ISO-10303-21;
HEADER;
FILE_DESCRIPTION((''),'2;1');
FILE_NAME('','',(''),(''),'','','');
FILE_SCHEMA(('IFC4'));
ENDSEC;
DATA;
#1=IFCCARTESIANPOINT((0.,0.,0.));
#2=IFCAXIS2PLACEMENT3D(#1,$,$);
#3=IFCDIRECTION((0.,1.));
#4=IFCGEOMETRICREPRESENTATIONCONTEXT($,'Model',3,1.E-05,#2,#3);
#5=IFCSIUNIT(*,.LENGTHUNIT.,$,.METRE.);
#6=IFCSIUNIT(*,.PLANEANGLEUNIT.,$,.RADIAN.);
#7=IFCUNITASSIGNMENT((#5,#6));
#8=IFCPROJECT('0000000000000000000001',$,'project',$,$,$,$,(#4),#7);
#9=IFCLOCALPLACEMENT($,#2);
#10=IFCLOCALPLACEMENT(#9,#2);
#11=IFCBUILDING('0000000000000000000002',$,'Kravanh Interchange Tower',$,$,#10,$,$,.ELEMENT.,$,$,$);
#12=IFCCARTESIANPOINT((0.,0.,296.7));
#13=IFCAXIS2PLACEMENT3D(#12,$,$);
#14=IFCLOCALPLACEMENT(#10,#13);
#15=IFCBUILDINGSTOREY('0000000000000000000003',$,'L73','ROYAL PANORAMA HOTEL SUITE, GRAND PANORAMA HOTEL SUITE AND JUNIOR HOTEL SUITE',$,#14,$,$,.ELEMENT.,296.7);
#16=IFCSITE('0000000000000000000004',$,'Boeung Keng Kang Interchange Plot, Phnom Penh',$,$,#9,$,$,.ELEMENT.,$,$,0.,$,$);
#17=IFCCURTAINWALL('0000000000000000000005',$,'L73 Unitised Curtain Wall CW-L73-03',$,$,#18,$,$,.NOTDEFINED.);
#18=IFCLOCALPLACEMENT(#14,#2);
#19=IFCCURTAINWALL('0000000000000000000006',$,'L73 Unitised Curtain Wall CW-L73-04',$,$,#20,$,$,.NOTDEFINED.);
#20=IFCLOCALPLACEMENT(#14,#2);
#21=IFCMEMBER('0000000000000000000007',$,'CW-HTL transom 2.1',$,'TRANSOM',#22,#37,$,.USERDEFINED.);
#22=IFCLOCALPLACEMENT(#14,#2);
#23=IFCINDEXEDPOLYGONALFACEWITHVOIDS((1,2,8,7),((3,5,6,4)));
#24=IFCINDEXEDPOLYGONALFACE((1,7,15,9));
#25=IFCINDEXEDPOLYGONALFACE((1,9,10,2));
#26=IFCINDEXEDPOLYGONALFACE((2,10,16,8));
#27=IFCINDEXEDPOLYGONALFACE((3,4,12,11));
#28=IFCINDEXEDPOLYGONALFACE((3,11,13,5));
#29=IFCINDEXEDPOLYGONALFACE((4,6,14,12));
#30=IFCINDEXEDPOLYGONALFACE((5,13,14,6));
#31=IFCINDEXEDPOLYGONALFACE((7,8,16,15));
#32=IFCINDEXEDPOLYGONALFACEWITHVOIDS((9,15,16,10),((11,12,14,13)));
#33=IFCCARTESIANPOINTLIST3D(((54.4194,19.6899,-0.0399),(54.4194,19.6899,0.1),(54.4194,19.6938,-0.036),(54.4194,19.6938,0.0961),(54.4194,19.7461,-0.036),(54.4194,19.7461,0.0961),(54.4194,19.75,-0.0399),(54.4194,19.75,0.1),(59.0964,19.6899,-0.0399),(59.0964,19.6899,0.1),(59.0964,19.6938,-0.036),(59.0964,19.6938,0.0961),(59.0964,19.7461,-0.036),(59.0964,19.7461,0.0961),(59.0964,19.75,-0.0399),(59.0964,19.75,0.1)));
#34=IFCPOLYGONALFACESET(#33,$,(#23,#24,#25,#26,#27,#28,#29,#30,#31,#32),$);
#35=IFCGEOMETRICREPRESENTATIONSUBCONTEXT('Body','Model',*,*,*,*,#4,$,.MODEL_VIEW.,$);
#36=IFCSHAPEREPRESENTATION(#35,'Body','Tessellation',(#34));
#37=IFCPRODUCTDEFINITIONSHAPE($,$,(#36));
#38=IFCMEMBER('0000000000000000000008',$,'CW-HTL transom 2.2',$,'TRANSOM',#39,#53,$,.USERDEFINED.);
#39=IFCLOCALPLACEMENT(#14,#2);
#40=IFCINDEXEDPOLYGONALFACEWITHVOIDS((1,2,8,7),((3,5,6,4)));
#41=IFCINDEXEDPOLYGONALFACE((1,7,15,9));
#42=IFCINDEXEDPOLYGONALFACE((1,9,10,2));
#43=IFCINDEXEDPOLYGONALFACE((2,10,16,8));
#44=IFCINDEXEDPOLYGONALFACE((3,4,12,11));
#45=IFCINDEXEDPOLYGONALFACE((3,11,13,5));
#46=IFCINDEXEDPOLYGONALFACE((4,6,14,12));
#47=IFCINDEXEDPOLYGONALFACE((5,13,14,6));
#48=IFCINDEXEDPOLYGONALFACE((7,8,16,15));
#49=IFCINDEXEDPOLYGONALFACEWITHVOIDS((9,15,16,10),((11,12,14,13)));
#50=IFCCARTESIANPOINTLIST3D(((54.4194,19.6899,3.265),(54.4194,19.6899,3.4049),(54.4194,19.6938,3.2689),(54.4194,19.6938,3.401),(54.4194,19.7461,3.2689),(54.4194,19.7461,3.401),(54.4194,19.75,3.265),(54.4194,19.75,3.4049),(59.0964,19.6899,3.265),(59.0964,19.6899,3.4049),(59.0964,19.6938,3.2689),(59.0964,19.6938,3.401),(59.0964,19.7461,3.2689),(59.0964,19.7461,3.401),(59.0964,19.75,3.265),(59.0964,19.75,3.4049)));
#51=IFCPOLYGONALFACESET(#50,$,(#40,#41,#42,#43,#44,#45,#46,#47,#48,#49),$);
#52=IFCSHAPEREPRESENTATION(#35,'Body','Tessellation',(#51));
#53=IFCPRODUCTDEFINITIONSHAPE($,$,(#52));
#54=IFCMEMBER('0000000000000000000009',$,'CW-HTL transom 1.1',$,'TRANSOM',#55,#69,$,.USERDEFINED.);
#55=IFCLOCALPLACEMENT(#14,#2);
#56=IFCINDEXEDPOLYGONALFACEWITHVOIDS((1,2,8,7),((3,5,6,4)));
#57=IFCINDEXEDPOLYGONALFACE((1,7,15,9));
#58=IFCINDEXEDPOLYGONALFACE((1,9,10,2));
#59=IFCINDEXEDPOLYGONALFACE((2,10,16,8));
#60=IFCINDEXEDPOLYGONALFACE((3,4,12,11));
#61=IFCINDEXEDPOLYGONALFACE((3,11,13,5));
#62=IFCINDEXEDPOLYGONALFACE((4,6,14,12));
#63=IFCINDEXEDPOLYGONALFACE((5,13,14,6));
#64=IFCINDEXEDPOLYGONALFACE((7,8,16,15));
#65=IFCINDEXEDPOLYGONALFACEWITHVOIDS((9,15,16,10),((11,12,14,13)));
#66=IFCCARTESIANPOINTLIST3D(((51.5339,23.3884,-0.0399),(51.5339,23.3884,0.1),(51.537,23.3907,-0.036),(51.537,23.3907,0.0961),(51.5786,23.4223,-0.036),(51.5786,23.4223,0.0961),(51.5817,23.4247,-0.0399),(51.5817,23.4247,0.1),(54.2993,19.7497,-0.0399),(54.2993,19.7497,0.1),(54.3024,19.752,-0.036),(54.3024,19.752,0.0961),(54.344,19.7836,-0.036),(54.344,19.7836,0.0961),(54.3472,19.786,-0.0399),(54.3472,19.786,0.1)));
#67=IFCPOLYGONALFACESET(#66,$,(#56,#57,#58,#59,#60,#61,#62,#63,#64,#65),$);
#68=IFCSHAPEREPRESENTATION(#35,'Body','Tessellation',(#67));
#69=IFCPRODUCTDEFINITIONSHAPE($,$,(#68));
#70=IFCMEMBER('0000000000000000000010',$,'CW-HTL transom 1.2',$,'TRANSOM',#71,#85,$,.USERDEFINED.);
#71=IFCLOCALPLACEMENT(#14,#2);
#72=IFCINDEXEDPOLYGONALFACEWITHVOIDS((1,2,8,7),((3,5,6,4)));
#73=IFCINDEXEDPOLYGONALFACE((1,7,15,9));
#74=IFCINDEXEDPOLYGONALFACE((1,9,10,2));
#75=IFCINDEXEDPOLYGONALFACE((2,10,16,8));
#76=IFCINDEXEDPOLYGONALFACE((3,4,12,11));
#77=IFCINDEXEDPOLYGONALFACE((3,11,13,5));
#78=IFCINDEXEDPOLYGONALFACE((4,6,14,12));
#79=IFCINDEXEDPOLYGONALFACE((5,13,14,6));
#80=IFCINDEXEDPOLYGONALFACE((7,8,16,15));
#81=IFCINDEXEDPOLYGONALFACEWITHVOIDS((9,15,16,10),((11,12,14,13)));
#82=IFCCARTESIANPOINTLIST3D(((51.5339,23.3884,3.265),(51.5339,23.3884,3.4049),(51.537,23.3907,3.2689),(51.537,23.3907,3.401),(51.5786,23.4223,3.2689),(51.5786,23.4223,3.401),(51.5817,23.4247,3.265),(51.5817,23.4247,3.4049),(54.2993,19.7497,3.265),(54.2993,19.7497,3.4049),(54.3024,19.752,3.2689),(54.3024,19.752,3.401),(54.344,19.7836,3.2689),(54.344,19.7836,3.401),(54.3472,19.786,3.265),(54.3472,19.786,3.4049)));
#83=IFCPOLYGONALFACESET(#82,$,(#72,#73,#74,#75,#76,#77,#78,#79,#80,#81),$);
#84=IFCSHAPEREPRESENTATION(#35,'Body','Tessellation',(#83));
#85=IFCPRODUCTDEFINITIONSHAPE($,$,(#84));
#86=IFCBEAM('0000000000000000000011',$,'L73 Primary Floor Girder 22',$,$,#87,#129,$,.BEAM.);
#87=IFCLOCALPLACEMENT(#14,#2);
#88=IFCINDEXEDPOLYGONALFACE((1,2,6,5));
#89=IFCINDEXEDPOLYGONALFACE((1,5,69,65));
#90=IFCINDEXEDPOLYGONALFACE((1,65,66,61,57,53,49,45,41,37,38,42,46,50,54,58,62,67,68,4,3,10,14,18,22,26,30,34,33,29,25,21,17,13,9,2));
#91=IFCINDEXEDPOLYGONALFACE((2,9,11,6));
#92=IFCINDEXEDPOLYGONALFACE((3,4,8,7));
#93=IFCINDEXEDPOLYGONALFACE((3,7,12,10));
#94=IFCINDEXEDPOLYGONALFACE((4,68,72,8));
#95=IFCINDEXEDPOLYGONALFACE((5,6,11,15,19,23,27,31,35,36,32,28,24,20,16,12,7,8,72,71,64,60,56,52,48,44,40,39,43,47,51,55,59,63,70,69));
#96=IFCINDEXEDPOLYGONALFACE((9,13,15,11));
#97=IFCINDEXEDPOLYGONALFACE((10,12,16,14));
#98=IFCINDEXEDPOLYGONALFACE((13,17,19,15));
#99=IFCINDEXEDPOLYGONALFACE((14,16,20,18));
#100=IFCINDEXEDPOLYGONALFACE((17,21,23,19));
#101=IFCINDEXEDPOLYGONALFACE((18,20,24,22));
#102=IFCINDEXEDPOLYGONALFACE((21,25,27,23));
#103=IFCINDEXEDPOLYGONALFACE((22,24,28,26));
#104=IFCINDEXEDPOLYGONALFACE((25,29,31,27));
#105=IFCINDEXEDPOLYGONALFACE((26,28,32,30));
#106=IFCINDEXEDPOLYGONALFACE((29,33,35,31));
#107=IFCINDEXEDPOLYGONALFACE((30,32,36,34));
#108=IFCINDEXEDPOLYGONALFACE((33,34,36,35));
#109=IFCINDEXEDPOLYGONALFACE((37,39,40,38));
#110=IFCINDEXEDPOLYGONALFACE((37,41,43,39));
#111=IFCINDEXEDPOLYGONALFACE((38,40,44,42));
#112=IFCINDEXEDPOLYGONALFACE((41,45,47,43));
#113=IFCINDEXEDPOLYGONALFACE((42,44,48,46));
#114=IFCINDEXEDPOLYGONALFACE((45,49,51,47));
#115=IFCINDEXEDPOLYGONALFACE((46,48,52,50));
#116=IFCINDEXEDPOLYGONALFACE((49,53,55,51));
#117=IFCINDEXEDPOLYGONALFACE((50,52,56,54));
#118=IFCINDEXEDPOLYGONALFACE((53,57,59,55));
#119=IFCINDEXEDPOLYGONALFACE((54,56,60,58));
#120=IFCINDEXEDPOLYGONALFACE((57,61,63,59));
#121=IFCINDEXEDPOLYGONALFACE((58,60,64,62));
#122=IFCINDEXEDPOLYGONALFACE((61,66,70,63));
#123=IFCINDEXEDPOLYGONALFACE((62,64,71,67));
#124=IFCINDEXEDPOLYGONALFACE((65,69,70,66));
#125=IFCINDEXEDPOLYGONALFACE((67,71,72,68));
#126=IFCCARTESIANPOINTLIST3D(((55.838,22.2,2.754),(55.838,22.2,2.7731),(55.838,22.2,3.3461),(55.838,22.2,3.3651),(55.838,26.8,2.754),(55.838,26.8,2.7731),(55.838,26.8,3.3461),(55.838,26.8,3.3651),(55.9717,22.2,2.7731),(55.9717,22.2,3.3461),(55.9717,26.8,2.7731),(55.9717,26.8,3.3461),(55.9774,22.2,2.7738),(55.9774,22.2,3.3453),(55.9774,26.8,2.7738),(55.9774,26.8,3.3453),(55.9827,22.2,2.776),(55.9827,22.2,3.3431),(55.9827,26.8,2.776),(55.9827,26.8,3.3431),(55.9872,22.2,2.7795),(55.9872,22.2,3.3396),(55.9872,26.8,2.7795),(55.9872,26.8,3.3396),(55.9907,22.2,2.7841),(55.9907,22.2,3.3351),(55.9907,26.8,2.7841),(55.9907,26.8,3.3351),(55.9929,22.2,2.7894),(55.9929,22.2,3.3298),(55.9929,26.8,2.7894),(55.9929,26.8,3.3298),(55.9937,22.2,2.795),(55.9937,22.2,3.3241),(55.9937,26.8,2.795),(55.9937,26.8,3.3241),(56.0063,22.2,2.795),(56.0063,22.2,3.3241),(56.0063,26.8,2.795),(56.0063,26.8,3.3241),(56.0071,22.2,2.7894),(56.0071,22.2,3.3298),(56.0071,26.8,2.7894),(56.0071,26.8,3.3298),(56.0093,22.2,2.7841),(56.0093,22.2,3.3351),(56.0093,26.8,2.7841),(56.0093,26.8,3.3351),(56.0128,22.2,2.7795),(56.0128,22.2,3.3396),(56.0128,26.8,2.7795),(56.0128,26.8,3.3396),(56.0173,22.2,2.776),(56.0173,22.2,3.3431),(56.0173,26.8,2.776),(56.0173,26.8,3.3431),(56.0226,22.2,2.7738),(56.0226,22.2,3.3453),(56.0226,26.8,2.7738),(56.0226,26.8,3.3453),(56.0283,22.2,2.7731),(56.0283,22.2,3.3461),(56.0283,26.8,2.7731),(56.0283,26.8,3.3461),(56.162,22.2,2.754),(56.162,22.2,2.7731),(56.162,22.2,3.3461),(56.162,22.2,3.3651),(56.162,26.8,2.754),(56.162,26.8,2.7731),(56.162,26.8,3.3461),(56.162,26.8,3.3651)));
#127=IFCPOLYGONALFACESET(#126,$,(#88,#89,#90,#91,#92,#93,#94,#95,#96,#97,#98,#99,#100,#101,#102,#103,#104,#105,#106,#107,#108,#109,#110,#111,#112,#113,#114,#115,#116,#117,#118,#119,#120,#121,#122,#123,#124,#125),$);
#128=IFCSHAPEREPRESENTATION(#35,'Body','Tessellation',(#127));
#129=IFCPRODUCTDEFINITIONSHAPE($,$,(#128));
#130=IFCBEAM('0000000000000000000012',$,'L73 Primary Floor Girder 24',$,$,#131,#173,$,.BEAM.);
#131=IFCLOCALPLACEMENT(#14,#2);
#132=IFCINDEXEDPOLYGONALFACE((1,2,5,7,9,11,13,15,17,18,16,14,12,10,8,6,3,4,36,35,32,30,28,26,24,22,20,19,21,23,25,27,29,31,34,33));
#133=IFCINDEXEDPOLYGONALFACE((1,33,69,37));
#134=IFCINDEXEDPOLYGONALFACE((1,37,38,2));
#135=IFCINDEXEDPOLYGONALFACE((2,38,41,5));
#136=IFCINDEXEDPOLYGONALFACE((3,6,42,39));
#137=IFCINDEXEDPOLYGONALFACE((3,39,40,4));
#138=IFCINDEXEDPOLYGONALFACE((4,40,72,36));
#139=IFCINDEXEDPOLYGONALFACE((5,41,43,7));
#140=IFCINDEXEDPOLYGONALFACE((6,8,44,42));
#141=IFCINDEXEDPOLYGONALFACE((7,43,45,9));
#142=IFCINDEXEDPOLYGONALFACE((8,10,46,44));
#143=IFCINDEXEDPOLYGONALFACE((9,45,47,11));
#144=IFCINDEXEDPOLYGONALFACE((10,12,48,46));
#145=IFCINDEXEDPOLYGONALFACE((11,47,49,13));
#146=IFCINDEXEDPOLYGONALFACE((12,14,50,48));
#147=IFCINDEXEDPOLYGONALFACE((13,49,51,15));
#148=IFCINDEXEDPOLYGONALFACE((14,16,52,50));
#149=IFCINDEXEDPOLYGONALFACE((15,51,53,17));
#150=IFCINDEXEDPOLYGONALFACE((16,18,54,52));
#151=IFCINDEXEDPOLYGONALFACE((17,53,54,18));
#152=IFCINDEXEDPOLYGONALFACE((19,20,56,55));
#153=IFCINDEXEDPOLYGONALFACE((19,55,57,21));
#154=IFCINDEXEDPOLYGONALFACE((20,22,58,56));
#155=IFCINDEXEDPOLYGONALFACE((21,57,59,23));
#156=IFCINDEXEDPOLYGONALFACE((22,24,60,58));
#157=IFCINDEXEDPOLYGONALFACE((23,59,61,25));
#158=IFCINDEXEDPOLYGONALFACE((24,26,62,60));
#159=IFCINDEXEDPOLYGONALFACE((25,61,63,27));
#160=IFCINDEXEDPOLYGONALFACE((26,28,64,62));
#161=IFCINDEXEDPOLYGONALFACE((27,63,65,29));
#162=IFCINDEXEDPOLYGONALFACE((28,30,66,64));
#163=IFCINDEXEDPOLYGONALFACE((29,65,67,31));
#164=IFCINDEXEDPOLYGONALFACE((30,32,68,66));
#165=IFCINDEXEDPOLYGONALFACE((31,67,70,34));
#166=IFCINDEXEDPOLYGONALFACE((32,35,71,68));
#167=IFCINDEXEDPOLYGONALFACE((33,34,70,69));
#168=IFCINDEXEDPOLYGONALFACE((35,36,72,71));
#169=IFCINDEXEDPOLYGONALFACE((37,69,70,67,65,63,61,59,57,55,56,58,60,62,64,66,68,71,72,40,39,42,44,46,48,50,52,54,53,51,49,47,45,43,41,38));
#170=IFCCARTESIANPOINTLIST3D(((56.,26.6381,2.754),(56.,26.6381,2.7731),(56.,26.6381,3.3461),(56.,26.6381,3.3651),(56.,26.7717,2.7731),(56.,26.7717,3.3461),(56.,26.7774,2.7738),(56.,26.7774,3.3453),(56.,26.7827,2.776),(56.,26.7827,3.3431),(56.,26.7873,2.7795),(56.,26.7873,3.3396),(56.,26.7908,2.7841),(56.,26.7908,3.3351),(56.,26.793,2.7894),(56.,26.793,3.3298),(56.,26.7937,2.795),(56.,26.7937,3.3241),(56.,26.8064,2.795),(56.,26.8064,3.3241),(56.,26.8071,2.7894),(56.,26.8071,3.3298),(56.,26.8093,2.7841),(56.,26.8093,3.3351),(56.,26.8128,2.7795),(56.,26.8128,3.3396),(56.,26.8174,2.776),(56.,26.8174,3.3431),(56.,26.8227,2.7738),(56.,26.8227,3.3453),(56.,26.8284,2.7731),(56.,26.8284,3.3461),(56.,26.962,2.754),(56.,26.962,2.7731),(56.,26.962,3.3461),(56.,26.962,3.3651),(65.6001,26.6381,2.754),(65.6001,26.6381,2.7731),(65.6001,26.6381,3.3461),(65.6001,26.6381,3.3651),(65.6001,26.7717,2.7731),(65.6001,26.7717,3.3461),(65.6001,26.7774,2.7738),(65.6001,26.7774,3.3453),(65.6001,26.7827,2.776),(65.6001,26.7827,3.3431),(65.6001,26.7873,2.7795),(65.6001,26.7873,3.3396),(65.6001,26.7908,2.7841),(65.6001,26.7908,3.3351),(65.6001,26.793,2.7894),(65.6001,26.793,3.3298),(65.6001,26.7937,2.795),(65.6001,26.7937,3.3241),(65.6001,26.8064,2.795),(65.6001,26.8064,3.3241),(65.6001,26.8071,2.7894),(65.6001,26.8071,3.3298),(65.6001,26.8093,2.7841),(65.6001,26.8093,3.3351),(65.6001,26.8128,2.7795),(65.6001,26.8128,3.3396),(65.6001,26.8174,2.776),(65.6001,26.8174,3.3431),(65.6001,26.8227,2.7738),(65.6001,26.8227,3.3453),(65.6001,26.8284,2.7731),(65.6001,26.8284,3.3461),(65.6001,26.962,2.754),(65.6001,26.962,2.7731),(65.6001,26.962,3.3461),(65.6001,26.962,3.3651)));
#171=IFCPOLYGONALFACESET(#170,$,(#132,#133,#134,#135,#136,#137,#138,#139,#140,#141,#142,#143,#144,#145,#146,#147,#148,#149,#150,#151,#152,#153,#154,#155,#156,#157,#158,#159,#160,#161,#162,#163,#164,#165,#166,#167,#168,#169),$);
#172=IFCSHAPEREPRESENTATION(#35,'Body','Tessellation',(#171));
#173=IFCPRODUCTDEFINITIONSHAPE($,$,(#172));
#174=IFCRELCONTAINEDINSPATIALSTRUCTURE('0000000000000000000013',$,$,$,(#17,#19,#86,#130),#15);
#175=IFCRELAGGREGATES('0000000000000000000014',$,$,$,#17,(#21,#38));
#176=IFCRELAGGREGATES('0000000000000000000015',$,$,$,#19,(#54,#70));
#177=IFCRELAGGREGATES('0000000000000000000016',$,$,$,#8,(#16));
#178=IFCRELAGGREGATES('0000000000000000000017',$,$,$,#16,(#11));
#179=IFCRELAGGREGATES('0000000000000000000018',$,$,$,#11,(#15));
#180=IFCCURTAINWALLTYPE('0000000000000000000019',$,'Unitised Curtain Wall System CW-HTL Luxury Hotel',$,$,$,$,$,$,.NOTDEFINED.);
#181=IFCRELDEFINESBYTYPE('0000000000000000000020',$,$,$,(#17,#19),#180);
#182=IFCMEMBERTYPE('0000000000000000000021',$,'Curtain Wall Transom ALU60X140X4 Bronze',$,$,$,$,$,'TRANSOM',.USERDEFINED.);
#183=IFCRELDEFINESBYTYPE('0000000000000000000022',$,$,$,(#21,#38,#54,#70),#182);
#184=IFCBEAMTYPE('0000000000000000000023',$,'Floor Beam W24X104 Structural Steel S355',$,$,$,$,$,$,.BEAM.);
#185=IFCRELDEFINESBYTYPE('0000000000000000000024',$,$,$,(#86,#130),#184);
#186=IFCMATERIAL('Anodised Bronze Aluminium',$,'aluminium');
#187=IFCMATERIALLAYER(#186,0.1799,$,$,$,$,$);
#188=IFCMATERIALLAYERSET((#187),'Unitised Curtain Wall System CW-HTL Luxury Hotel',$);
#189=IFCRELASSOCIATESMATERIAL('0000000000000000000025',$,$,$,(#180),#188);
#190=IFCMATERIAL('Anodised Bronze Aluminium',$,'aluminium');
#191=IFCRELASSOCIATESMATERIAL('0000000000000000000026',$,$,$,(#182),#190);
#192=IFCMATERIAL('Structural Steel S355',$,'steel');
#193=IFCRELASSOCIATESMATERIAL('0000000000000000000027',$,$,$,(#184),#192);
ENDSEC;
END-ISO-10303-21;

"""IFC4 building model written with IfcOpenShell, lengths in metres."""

from ifc_helpers import new_model, si_unit, direction, frame, origin, origin_2d, place, context, subcontext, project, spatial, hollow_rectangle, i_section, extrude, material, layer, layer_set, material_profile, profile_set, type_object, element, aggregate, save


model = new_model("IFC4")

# Units and contexts
model_context = context("Model", 3, precision=1e-05, world=origin(), true_north=direction((0.0, 1.0)))
body_context = subcontext(model_context, "Body", "Model", "MODEL_VIEW")
ifc_project = project(units=[si_unit("LENGTHUNIT", "METRE"), si_unit("PLANEANGLEUNIT", "RADIAN")], contexts=[model_context])

# Site, building, storey
site_placement = place(None, origin())
site = spatial("IfcSite", under=ifc_project, at=site_placement, Name="Boeung Keng Kang Interchange Plot, Phnom Penh", CompositionType="ELEMENT", RefElevation=0.0)
building_placement = place(site_placement, origin())
building = spatial("IfcBuilding", under=site, at=building_placement, Name="Kravanh Interchange Tower", CompositionType="ELEMENT")
storey_placement = place(building_placement, frame((0.0, 0.0, 296.7)))
storey = spatial("IfcBuildingStorey", under=building, at=storey_placement, Name="L73", Description="ROYAL PANORAMA HOTEL SUITE, GRAND PANORAMA HOTEL SUITE AND JUNIOR HOTEL SUITE", CompositionType="ELEMENT", Elevation=296.7)

# Curtain wall
ifc_material_1 = material(Name="Anodised Bronze Aluminium", Category="aluminium")
ifc_layer_1 = layer(ifc_material_1, 0.1799)
ifc_layer_set_1 = layer_set([ifc_layer_1], Name="Unitised Curtain Wall System CW-HTL Luxury Hotel")
curtain_wall_type = type_object("IfcCurtainWallType", Name="Unitised Curtain Wall System CW-HTL Luxury Hotel", PredefinedType="NOTDEFINED", material=ifc_layer_set_1)
curtain_wall_1_placement = place(storey_placement, origin())
curtain_wall_1 = element("IfcCurtainWall", 1, at=curtain_wall_1_placement, inside=storey, type_object=curtain_wall_type, Name="L73 Unitised Curtain Wall CW-L73-03", PredefinedType="NOTDEFINED")

# Curtain wall
curtain_wall_2_placement = place(storey_placement, origin())
curtain_wall_2 = element("IfcCurtainWall", 2, at=curtain_wall_2_placement, inside=storey, type_object=curtain_wall_type, Name="L73 Unitised Curtain Wall CW-L73-04", PredefinedType="NOTDEFINED")

# Members
ifc_material_2 = material(Name="Anodised Bronze Aluminium", Category="aluminium")
ifc_material_profile_1 = material_profile(ifc_material_2, hollow_rectangle(XDim=0.0601, YDim=0.1399, WallThickness=0.0039, at=origin_2d()), Name="ALU60X140X4")
ifc_profile_set_1 = profile_set([ifc_material_profile_1], Name="Anodised Bronze Aluminium")
member_type_1 = type_object("IfcMemberType", Name="Curtain Wall Transom ALU60X140X4 Bronze", ElementType="TRANSOM", PredefinedType="USERDEFINED", material=ifc_profile_set_1)
member_1_placement = place(storey_placement, frame((59.0964, 19.72, 0.03), z_axis=(-1.0, 0.0, 0.0), x_axis=(0.0, -1.0, 0.0)))
member_1 = element("IfcMember", 3, at=member_1_placement, type_object=member_type_1, Name="CW-HTL transom 2.1", ObjectType="TRANSOM", PredefinedType="USERDEFINED", context=body_context, shape_type="SweptSolid", body=[
    extrude(hollow_rectangle(XDim=0.0601, YDim=0.1399, WallThickness=0.0039, at=origin_2d()), origin(), (0.0, 0.0, 1.0), 4.677),
])
member_2_placement = place(storey_placement, frame((59.0964, 19.72, 3.335), z_axis=(-1.0, 0.0, 0.0), x_axis=(0.0, -1.0, 0.0)))
member_2 = element("IfcMember", 4, at=member_2_placement, type_object=member_type_1, Name="CW-HTL transom 2.2", ObjectType="TRANSOM", PredefinedType="USERDEFINED", context=body_context, shape_type="SweptSolid", body=[
    extrude(hollow_rectangle(XDim=0.0601, YDim=0.1399, WallThickness=0.0039, at=origin_2d()), origin(), (0.0, 0.0, 1.0), 4.677),
])
member_3_placement = place(storey_placement, frame((54.3232, 19.7678, 0.03), z_axis=(-0.605082, 0.796163, 0.0), x_axis=(-0.796163, -0.605082, 0.0)))
member_3 = element("IfcMember", 5, at=member_3_placement, type_object=member_type_1, Name="CW-HTL transom 1.1", ObjectType="TRANSOM", PredefinedType="USERDEFINED", context=body_context, shape_type="SweptSolid", body=[
    extrude(hollow_rectangle(XDim=0.0601, YDim=0.1399, WallThickness=0.0039, at=origin_2d()), origin(), (0.0, 0.0, 1.0), 4.5703),
])
member_4_placement = place(storey_placement, frame((54.3232, 19.7678, 3.335), z_axis=(-0.605082, 0.796163, 0.0), x_axis=(-0.796163, -0.605082, 0.0)))
member_4 = element("IfcMember", 6, at=member_4_placement, type_object=member_type_1, Name="CW-HTL transom 1.2", ObjectType="TRANSOM", PredefinedType="USERDEFINED", context=body_context, shape_type="SweptSolid", body=[
    extrude(hollow_rectangle(XDim=0.0601, YDim=0.1399, WallThickness=0.0039, at=origin_2d()), origin(), (0.0, 0.0, 1.0), 4.5703),
])

# Beams
ifc_material_3 = material(Name="Structural Steel S355", Category="steel")
ifc_material_profile_2 = material_profile(ifc_material_3, i_section(OverallWidth=0.324, OverallDepth=0.6111, WebThickness=0.0127, FlangeThickness=0.019, FilletRadius=0.022, at=origin_2d()), Name="W24X104")
ifc_profile_set_2 = profile_set([ifc_material_profile_2], Name="Structural Steel S355")
beam_type_1 = type_object("IfcBeamType", Name="Floor Beam W24X104 Structural Steel S355", PredefinedType="BEAM", material=ifc_profile_set_2)
beam_1_placement = place(storey_placement, frame((56.0, 26.8, 3.0596), z_axis=(0.0, -1.0, 0.0), x_axis=(1.0, 0.0, 0.0)))
element("IfcBeam", 7, at=beam_1_placement, inside=storey, type_object=beam_type_1, Name="L73 Primary Floor Girder 22", PredefinedType="BEAM", context=body_context, shape_type="SweptSolid", body=[
    extrude(i_section(OverallWidth=0.324, OverallDepth=0.6111, WebThickness=0.0127, FlangeThickness=0.019, FilletRadius=0.022, at=origin_2d()), origin(), (0.0, 0.0, 1.0), 4.6001),
])
beam_2_placement = place(storey_placement, frame((56.0, 26.8, 3.0596), z_axis=(1.0, 0.0, 0.0), x_axis=(0.0, 1.0, 0.0)))
element("IfcBeam", 8, at=beam_2_placement, inside=storey, type_object=beam_type_1, Name="L73 Primary Floor Girder 24", PredefinedType="BEAM", context=body_context, shape_type="SweptSolid", body=[
    extrude(i_section(OverallWidth=0.324, OverallDepth=0.6111, WebThickness=0.0127, FlangeThickness=0.019, FilletRadius=0.022, at=origin_2d()), origin(), (0.0, 0.0, 1.0), 9.6001),
])

aggregate(curtain_wall_1, [member_1, member_2])
aggregate(curtain_wall_2, [member_3, member_4])

save(model, "model.ifc")
